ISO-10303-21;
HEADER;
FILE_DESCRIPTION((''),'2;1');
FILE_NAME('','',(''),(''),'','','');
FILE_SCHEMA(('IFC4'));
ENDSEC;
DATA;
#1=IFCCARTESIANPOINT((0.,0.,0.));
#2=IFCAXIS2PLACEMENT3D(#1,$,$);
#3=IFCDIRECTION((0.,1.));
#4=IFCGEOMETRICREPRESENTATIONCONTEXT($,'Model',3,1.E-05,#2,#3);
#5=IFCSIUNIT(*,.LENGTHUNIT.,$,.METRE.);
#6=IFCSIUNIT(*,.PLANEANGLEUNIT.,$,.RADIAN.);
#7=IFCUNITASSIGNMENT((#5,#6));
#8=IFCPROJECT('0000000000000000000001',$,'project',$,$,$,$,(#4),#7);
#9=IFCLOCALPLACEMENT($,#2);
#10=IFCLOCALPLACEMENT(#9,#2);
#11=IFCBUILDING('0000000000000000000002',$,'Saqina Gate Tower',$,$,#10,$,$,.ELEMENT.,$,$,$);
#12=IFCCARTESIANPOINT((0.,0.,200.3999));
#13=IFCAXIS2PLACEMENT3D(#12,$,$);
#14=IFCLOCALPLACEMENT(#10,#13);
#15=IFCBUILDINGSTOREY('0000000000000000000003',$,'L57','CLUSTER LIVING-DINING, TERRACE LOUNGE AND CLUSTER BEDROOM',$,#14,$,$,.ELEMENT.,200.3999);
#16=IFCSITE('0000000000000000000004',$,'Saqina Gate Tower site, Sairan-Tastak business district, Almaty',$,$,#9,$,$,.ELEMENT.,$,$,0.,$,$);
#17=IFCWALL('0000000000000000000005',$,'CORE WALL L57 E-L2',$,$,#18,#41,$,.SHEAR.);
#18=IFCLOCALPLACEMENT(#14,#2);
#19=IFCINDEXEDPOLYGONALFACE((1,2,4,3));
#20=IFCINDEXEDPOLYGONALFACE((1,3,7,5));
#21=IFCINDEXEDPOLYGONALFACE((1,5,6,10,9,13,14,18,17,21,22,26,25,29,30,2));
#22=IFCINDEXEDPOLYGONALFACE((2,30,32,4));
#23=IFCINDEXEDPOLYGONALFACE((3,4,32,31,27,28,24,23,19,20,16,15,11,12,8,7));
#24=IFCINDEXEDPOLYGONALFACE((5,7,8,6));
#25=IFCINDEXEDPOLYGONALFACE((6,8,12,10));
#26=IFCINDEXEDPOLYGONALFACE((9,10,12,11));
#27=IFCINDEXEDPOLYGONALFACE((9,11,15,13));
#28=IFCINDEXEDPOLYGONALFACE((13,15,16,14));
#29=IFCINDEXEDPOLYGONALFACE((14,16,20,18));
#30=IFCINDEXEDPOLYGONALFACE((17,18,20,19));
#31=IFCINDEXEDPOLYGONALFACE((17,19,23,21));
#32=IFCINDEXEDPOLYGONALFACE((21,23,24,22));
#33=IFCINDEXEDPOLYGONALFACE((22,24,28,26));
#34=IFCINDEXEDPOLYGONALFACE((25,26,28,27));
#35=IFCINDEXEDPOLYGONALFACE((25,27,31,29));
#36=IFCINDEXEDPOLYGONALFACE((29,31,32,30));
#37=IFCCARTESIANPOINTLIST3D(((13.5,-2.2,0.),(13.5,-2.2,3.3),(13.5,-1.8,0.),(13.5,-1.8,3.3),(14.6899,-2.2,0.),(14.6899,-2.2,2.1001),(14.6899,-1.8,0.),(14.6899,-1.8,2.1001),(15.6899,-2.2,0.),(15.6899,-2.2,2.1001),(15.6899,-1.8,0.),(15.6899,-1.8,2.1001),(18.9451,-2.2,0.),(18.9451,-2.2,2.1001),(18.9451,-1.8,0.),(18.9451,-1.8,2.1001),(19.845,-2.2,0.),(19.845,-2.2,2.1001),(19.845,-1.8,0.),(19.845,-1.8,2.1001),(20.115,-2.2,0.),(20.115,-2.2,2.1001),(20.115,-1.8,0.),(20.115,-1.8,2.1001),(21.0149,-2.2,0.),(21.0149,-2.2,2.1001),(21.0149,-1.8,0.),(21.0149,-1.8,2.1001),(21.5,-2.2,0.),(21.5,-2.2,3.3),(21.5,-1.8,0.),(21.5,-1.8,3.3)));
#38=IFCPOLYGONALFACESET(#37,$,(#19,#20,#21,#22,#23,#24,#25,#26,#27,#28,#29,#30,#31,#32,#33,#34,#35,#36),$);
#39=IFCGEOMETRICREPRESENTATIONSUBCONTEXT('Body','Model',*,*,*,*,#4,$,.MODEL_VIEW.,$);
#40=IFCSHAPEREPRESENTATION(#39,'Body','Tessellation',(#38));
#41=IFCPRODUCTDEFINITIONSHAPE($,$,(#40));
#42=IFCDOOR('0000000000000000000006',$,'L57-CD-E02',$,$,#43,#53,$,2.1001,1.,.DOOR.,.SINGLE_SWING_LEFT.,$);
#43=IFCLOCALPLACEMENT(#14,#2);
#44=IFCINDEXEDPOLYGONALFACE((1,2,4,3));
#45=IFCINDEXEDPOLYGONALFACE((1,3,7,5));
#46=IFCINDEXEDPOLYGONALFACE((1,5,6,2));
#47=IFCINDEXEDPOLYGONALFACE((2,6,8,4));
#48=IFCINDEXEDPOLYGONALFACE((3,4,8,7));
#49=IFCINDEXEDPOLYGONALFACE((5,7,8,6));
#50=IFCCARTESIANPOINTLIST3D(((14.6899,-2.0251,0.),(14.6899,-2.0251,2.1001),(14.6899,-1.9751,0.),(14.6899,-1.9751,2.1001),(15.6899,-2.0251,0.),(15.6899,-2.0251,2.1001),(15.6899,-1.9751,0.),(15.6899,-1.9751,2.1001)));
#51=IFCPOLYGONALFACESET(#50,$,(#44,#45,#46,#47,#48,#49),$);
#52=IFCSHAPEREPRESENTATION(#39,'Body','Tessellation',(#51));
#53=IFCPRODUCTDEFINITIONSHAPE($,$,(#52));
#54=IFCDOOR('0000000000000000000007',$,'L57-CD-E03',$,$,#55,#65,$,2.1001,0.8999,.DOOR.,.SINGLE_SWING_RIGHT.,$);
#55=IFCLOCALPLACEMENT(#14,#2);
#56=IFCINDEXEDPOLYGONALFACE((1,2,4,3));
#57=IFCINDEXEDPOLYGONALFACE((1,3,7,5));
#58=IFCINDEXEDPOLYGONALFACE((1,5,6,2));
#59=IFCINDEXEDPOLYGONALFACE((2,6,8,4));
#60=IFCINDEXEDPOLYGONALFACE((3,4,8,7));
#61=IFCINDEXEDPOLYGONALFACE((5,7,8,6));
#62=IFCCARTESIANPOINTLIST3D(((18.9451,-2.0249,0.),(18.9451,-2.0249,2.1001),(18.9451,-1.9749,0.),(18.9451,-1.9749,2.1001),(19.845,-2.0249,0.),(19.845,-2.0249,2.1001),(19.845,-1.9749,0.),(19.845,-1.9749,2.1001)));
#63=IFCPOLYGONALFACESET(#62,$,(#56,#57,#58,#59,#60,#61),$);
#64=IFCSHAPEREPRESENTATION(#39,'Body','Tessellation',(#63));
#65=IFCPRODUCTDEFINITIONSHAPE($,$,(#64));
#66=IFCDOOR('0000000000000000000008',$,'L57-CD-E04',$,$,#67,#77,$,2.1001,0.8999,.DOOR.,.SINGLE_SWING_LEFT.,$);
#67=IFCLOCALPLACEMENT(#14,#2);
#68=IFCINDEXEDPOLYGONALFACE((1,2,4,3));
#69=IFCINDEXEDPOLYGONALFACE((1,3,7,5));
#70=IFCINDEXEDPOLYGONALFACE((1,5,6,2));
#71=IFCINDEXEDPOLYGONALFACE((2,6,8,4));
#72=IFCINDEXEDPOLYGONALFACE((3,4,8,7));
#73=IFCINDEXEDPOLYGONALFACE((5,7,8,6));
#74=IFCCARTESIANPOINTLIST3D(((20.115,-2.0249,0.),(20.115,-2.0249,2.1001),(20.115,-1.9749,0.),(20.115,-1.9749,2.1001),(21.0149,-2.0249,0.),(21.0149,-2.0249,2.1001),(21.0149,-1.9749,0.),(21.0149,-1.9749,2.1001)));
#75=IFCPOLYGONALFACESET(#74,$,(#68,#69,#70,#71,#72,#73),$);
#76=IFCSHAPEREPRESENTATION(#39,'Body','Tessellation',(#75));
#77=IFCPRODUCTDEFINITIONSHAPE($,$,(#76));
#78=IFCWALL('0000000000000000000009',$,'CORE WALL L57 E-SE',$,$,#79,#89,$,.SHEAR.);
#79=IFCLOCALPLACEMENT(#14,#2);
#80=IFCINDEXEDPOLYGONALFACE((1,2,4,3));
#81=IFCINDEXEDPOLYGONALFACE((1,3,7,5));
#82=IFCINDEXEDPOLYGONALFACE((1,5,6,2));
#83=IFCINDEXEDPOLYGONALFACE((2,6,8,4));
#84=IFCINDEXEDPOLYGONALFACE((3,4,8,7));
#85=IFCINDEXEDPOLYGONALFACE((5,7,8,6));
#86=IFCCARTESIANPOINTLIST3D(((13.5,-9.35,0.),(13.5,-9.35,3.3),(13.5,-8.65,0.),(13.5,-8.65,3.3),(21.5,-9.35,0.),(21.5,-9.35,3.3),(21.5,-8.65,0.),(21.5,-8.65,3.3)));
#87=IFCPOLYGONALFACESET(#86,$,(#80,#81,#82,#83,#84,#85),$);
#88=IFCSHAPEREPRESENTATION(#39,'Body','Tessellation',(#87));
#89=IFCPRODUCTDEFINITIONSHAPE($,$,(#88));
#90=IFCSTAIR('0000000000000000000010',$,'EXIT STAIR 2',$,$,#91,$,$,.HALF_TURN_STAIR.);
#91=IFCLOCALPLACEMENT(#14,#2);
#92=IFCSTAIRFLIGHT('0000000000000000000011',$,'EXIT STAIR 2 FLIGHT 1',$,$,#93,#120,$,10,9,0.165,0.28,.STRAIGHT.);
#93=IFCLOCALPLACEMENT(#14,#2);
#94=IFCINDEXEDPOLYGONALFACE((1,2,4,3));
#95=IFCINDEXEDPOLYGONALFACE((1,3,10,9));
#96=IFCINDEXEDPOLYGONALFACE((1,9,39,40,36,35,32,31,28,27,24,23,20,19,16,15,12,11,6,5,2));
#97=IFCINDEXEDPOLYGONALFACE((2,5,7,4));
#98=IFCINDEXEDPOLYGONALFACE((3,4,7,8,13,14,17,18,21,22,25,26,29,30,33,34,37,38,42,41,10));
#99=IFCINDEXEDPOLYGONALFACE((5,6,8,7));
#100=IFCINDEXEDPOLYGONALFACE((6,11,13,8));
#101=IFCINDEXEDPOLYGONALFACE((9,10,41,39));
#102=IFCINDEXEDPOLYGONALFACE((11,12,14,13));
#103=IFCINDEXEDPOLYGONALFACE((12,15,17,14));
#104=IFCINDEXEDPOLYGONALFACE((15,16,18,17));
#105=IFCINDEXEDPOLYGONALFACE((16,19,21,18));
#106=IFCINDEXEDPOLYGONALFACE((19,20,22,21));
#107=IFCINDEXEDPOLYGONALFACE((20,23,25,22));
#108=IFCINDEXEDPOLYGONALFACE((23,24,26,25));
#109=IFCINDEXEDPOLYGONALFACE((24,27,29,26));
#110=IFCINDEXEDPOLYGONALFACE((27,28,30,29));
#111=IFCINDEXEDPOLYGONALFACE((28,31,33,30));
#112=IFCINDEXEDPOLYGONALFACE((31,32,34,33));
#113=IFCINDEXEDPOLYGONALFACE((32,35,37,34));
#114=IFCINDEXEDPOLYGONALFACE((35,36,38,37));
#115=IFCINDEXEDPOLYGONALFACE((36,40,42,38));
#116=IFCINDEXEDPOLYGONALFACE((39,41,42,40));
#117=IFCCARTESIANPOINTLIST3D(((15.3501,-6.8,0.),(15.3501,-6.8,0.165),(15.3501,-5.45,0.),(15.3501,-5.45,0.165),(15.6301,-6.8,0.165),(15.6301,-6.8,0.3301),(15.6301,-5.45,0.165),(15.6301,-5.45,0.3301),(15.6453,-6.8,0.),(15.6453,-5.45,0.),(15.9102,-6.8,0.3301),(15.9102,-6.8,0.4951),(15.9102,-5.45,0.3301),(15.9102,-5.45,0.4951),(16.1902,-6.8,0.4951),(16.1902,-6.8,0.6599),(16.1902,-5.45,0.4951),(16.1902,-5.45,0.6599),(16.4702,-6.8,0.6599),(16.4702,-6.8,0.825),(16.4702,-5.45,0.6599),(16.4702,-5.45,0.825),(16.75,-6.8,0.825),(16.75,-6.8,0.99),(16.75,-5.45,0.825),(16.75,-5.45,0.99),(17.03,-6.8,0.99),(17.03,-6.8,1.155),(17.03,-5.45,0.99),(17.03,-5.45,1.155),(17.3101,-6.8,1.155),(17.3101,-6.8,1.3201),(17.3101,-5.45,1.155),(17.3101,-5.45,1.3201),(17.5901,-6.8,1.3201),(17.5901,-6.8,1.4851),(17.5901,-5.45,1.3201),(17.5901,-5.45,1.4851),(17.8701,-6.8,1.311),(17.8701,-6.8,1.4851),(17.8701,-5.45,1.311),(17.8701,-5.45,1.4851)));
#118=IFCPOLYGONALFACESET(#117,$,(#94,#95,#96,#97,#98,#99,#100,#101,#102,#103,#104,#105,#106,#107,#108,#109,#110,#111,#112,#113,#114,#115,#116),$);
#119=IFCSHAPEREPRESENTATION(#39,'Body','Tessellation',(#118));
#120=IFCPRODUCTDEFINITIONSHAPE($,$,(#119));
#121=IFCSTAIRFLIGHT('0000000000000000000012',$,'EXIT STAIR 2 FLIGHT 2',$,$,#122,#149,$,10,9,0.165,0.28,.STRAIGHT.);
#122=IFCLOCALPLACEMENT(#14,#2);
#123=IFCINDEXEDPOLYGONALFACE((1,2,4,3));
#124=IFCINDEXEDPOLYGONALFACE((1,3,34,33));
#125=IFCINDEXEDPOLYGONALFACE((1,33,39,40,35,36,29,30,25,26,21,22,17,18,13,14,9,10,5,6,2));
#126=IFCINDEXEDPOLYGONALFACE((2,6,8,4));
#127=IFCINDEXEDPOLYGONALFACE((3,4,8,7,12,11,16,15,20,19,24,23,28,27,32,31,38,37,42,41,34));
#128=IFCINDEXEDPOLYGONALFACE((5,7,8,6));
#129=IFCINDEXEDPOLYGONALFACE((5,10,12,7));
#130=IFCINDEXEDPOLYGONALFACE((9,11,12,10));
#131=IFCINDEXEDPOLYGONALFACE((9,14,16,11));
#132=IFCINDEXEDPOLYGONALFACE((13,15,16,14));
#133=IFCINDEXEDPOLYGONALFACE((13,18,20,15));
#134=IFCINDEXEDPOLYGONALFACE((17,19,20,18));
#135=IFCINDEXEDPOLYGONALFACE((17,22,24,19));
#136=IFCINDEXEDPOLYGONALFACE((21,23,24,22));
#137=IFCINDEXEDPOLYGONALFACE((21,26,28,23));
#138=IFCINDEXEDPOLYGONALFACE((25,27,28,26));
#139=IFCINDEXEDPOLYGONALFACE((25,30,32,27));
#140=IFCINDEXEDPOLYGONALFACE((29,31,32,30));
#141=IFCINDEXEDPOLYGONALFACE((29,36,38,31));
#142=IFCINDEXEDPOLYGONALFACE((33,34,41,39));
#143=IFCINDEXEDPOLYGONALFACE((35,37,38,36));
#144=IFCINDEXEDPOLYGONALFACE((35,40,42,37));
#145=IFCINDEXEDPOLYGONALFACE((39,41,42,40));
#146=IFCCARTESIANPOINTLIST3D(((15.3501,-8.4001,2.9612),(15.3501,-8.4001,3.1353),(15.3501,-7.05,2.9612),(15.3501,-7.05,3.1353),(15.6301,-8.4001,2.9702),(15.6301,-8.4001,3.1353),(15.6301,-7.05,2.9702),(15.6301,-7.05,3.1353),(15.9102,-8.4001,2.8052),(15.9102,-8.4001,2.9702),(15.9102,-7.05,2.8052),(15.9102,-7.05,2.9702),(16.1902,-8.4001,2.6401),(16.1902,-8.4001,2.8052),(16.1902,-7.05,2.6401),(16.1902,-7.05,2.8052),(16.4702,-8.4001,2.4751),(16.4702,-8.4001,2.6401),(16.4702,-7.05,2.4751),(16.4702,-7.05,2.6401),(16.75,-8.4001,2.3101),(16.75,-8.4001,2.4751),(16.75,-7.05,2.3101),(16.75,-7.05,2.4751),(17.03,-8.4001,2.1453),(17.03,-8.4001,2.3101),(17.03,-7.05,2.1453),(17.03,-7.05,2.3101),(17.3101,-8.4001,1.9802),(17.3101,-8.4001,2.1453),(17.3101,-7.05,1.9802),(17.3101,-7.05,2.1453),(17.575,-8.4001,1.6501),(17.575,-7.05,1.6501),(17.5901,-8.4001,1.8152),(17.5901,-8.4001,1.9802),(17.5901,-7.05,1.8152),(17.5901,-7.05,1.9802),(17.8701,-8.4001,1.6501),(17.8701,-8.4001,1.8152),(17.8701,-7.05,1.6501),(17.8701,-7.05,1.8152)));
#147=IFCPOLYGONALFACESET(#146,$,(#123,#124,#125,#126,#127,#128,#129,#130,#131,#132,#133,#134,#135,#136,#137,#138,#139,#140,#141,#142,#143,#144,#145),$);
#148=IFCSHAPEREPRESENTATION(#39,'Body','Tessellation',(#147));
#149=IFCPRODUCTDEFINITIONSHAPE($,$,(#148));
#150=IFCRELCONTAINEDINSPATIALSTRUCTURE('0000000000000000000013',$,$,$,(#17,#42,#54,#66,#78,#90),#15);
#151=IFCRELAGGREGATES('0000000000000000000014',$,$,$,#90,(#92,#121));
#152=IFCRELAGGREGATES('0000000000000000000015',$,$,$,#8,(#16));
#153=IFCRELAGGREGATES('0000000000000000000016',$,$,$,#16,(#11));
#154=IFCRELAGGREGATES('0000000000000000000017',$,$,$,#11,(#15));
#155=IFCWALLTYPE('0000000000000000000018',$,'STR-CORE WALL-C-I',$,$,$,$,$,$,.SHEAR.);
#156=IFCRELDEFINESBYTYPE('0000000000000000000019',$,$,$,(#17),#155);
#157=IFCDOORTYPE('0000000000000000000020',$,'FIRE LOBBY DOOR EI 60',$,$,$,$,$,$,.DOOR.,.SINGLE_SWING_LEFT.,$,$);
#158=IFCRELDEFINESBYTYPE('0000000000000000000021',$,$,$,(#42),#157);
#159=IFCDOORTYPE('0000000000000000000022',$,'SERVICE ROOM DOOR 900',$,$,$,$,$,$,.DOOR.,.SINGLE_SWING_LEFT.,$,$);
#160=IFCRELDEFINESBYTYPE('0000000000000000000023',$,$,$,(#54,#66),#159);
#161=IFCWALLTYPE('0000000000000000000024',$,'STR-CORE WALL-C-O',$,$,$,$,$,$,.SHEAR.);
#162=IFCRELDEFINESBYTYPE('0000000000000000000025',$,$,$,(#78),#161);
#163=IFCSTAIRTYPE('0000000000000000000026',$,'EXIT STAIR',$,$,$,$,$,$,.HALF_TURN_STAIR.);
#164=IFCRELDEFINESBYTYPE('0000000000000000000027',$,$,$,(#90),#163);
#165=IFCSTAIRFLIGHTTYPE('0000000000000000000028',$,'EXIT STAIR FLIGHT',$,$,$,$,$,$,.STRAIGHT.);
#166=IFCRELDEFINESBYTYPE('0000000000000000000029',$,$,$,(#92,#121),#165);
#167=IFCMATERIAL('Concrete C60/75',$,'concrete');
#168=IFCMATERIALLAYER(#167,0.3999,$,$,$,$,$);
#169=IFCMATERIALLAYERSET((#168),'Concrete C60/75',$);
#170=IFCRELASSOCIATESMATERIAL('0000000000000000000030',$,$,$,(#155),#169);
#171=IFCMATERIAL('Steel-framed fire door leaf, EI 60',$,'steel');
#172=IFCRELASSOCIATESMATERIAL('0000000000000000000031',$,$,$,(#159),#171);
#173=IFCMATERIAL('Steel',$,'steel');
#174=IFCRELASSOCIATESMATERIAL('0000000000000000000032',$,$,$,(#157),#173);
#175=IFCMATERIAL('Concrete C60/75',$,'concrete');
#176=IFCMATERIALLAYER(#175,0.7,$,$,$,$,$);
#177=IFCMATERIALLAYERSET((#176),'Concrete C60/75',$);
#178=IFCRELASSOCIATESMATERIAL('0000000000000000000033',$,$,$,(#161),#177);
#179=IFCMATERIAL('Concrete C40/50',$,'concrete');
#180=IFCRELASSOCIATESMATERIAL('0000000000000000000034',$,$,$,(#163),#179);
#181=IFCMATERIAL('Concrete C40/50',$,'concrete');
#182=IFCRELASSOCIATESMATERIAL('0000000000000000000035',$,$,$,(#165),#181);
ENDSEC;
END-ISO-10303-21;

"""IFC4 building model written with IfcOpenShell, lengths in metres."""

from ifc_helpers import new_model, si_unit, direction, frame, frame_2d, origin, place, context, subcontext, project, spatial, polyline, rectangle, outline, extrude, material, layer, layer_set, type_object, element, fill, aggregate, save


model = new_model("IFC4")

# Units and contexts
model_context = context("Model", 3, precision=1e-05, world=origin(), true_north=direction((0.0, 1.0)))
body_context = subcontext(model_context, "Body", "Model", "MODEL_VIEW")
ifc_project = project(units=[si_unit("LENGTHUNIT", "METRE"), si_unit("PLANEANGLEUNIT", "RADIAN")], contexts=[model_context])

# Site, building, storey
site_placement = place(None, origin())
site = spatial("IfcSite", under=ifc_project, at=site_placement, Name="Saqina Gate Tower site, Sairan-Tastak business district, Almaty", CompositionType="ELEMENT", RefElevation=0.0)
building_placement = place(site_placement, origin())
building = spatial("IfcBuilding", under=site, at=building_placement, Name="Saqina Gate Tower", CompositionType="ELEMENT")
storey_placement = place(building_placement, frame((0.0, 0.0, 200.3999)))
storey = spatial("IfcBuildingStorey", under=building, at=storey_placement, Name="L57", Description="CLUSTER LIVING-DINING, TERRACE LOUNGE AND CLUSTER BEDROOM", CompositionType="ELEMENT", Elevation=200.3999)

# Wall, openings, doors
ifc_material_1 = material(Name="Concrete C60/75", Category="concrete")
ifc_layer_1 = layer(ifc_material_1, 0.3999)
ifc_layer_set_1 = layer_set([ifc_layer_1], Name="Concrete C60/75")
wall_type_1 = type_object("IfcWallType", Name="STR-CORE WALL-C-I", PredefinedType="SHEAR", material=ifc_layer_set_1)
ifc_material_2 = material(Name="Steel-framed fire door leaf, EI 60", Category="steel")
door_type_1 = type_object("IfcDoorType", Name="SERVICE ROOM DOOR 900", OperationType="SINGLE_SWING_LEFT", PredefinedType="DOOR", material=ifc_material_2)
wall_1_placement = place(storey_placement, frame((13.5, -2.0, 0.0), z_axis=(0.0, 0.0, 1.0), x_axis=(1.0, 0.0, 0.0)))
wall_1 = element("IfcWall", 1, at=wall_1_placement, inside=storey, type_object=wall_type_1, Name="CORE WALL L57 E-L2", PredefinedType="SHEAR", context=body_context, shape_type="SweptSolid", body=[
    extrude(rectangle(XDim=8.0, YDim=0.3999, at=frame_2d((4.0, 0.0))), origin(), (0.0, 0.0, 1.0), 3.3),
])
opening_1_placement = place(wall_1_placement, frame((1.1899, 0.0, 0.0)))
opening_1 = element("IfcOpeningElement", 2, at=opening_1_placement, cuts=wall_1, PredefinedType="OPENING", context=body_context, shape_type="SweptSolid", body=[
    extrude(rectangle(XDim=1.0, YDim=2.1001, at=frame_2d((0.5, 1.05))), frame((0.0, 0.2119, 0.0), z_axis=(0.0, -1.0, 0.0), x_axis=(1.0, 0.0, 0.0)), (0.0, 0.0, 1.0), 0.4238),
])
opening_2_placement = place(wall_1_placement, frame((5.4451, 0.0, 0.0)))
opening_2 = element("IfcOpeningElement", 3, at=opening_2_placement, cuts=wall_1, PredefinedType="OPENING", context=body_context, shape_type="SweptSolid", body=[
    extrude(rectangle(XDim=0.8999, YDim=2.1001, at=frame_2d((0.45, 1.05))), frame((0.0, 0.2119, 0.0), z_axis=(0.0, -1.0, 0.0), x_axis=(1.0, 0.0, 0.0)), (0.0, 0.0, 1.0), 0.4238),
])
opening_3_placement = place(wall_1_placement, frame((6.615, 0.0, 0.0)))
opening_3 = element("IfcOpeningElement", 4, at=opening_3_placement, cuts=wall_1, PredefinedType="OPENING", context=body_context, shape_type="SweptSolid", body=[
    extrude(rectangle(XDim=0.8999, YDim=2.1001, at=frame_2d((0.45, 1.05))), frame((0.0, 0.2119, 0.0), z_axis=(0.0, -1.0, 0.0), x_axis=(1.0, 0.0, 0.0)), (0.0, 0.0, 1.0), 0.4238),
])
ifc_material_3 = material(Name="Steel", Category="steel")
door_type_2 = type_object("IfcDoorType", Name="FIRE LOBBY DOOR EI 60", OperationType="SINGLE_SWING_LEFT", PredefinedType="DOOR", material=ifc_material_3)
door_1_placement = place(opening_1_placement, origin())
door_1 = element("IfcDoor", 5, at=door_1_placement, inside=storey, type_object=door_type_2, Name="L57-CD-E02", OperationType="SINGLE_SWING_LEFT", OverallHeight=2.1001, OverallWidth=1.0, PredefinedType="DOOR", context=body_context, shape_type="SweptSolid", body=[
    extrude(rectangle(XDim=1.0, YDim=2.1001, at=frame_2d((0.5, 1.05))), frame((0.0, 0.0249, 0.0), z_axis=(0.0, -1.0, 0.0), x_axis=(1.0, 0.0, 0.0)), (0.0, 0.0, 1.0), 0.05),
])
fill(opening_1, door_1)
door_2_placement = place(opening_2_placement, frame((0.8999, 0.0, 0.0), z_axis=(0.0, 0.0, 1.0), x_axis=(-1.0, 0.0, 0.0)))
door_2 = element("IfcDoor", 6, at=door_2_placement, inside=storey, type_object=door_type_1, Name="L57-CD-E03", OperationType="SINGLE_SWING_RIGHT", OverallHeight=2.1001, OverallWidth=0.8999, PredefinedType="DOOR", context=body_context, shape_type="SweptSolid", body=[
    extrude(rectangle(XDim=0.8999, YDim=2.1001, at=frame_2d((0.45, 1.05))), frame((0.0, 0.0249, 0.0), z_axis=(0.0, -1.0, 0.0), x_axis=(1.0, 0.0, 0.0)), (0.0, 0.0, 1.0), 0.05),
])
fill(opening_2, door_2)
door_3_placement = place(opening_3_placement, frame((0.8999, 0.0, 0.0), z_axis=(0.0, 0.0, 1.0), x_axis=(-1.0, 0.0, 0.0)))
door_3 = element("IfcDoor", 7, at=door_3_placement, inside=storey, type_object=door_type_1, Name="L57-CD-E04", OperationType="SINGLE_SWING_LEFT", OverallHeight=2.1001, OverallWidth=0.8999, PredefinedType="DOOR", context=body_context, shape_type="SweptSolid", body=[
    extrude(rectangle(XDim=0.8999, YDim=2.1001, at=frame_2d((0.45, 1.05))), frame((0.0, 0.0249, 0.0), z_axis=(0.0, -1.0, 0.0), x_axis=(1.0, 0.0, 0.0)), (0.0, 0.0, 1.0), 0.05),
])
fill(opening_3, door_3)
ifc_material_4 = material(Name="Concrete C60/75", Category="concrete")
ifc_layer_2 = layer(ifc_material_4, 0.7)
ifc_layer_set_2 = layer_set([ifc_layer_2], Name="Concrete C60/75")
wall_type_2 = type_object("IfcWallType", Name="STR-CORE WALL-C-O", PredefinedType="SHEAR", material=ifc_layer_set_2)

# Wall
wall_2_placement = place(storey_placement, frame((13.5, -9.0, 0.0), z_axis=(0.0, 0.0, 1.0), x_axis=(1.0, 0.0, 0.0)))
element("IfcWall", 8, at=wall_2_placement, inside=storey, type_object=wall_type_2, Name="CORE WALL L57 E-SE", PredefinedType="SHEAR", context=body_context, shape_type="SweptSolid", body=[
    extrude(rectangle(XDim=8.0, YDim=0.7, at=frame_2d((4.0, 0.0))), origin(), (0.0, 0.0, 1.0), 3.3),
])

# Stair, stair flights
ifc_material_5 = material(Name="Concrete C40/50", Category="concrete")
stair_type = type_object("IfcStairType", Name="EXIT STAIR", PredefinedType="HALF_TURN_STAIR", material=ifc_material_5)
stair_placement = place(storey_placement, origin())
stair = element("IfcStair", 9, at=stair_placement, inside=storey, type_object=stair_type, Name="EXIT STAIR 2", PredefinedType="HALF_TURN_STAIR")
ifc_material_6 = material(Name="Concrete C40/50", Category="concrete")
stair_flight_type = type_object("IfcStairFlightType", Name="EXIT STAIR FLIGHT", PredefinedType="STRAIGHT", material=ifc_material_6)
stair_flight_1_placement = place(storey_placement, frame((15.3501, -6.125, 0.0), z_axis=(0.0, 0.0, 1.0), x_axis=(1.0, 0.0, 0.0)))
stair_flight_1 = element("IfcStairFlight", 10, at=stair_flight_1_placement, type_object=stair_flight_type, Name="EXIT STAIR 2 FLIGHT 1", NumberOfRisers=10, NumberOfTreads=9, PredefinedType="STRAIGHT", RiserHeight=0.165, TreadLength=0.28, context=body_context, shape_type="SweptSolid", body=[
    extrude(outline(polyline([(0.0, 0.0), (0.0, 0.165), (0.28, 0.165), (0.28, 0.3301), (0.5601, 0.3301), (0.5601, 0.4951), (0.8401, 0.4951), (0.8401, 0.6599), (1.1201, 0.6599), (1.1201, 0.825), (1.3999, 0.825), (1.3999, 0.99), (1.6799, 0.99), (1.6799, 1.155), (1.96, 1.155), (1.96, 1.3201), (2.24, 1.3201), (2.24, 1.4851), (2.52, 1.4851), (2.52, 1.6499), (2.52, 1.311), (0.2952, 0.0), (0.0, 0.0)])), frame((0.0, 0.675, 0.0), z_axis=(0.0, -1.0, 0.0), x_axis=(1.0, 0.0, 0.0)), (0.0, 0.0, 1.0), 1.3501),
])
stair_flight_2_placement = place(storey_placement, frame((17.8701, -7.7251, 1.6501), z_axis=(0.0, 0.0, 1.0), x_axis=(-1.0, 0.0, 0.0)))
stair_flight_2 = element("IfcStairFlight", 11, at=stair_flight_2_placement, type_object=stair_flight_type, Name="EXIT STAIR 2 FLIGHT 2", NumberOfRisers=10, NumberOfTreads=9, PredefinedType="STRAIGHT", RiserHeight=0.165, TreadLength=0.28, context=body_context, shape_type="SweptSolid", body=[
    extrude(outline(polyline([(0.0, 0.0), (0.0, 0.165), (0.28, 0.165), (0.28, 0.3301), (0.5601, 0.3301), (0.5601, 0.4951), (0.8401, 0.4951), (0.8401, 0.6599), (1.1201, 0.6599), (1.1201, 0.825), (1.3999, 0.825), (1.3999, 0.99), (1.6799, 0.99), (1.6799, 1.155), (1.96, 1.155), (1.96, 1.3201), (2.24, 1.3201), (2.24, 1.4851), (2.52, 1.4851), (2.52, 1.6499), (2.52, 1.311), (0.2952, 0.0), (0.0, 0.0)])), frame((0.0, 0.675, 0.0), z_axis=(0.0, -1.0, 0.0), x_axis=(1.0, 0.0, 0.0)), (0.0, 0.0, 1.0), 1.3501),
])
aggregate(stair, [stair_flight_1, stair_flight_2])

save(model, "model.ifc")
